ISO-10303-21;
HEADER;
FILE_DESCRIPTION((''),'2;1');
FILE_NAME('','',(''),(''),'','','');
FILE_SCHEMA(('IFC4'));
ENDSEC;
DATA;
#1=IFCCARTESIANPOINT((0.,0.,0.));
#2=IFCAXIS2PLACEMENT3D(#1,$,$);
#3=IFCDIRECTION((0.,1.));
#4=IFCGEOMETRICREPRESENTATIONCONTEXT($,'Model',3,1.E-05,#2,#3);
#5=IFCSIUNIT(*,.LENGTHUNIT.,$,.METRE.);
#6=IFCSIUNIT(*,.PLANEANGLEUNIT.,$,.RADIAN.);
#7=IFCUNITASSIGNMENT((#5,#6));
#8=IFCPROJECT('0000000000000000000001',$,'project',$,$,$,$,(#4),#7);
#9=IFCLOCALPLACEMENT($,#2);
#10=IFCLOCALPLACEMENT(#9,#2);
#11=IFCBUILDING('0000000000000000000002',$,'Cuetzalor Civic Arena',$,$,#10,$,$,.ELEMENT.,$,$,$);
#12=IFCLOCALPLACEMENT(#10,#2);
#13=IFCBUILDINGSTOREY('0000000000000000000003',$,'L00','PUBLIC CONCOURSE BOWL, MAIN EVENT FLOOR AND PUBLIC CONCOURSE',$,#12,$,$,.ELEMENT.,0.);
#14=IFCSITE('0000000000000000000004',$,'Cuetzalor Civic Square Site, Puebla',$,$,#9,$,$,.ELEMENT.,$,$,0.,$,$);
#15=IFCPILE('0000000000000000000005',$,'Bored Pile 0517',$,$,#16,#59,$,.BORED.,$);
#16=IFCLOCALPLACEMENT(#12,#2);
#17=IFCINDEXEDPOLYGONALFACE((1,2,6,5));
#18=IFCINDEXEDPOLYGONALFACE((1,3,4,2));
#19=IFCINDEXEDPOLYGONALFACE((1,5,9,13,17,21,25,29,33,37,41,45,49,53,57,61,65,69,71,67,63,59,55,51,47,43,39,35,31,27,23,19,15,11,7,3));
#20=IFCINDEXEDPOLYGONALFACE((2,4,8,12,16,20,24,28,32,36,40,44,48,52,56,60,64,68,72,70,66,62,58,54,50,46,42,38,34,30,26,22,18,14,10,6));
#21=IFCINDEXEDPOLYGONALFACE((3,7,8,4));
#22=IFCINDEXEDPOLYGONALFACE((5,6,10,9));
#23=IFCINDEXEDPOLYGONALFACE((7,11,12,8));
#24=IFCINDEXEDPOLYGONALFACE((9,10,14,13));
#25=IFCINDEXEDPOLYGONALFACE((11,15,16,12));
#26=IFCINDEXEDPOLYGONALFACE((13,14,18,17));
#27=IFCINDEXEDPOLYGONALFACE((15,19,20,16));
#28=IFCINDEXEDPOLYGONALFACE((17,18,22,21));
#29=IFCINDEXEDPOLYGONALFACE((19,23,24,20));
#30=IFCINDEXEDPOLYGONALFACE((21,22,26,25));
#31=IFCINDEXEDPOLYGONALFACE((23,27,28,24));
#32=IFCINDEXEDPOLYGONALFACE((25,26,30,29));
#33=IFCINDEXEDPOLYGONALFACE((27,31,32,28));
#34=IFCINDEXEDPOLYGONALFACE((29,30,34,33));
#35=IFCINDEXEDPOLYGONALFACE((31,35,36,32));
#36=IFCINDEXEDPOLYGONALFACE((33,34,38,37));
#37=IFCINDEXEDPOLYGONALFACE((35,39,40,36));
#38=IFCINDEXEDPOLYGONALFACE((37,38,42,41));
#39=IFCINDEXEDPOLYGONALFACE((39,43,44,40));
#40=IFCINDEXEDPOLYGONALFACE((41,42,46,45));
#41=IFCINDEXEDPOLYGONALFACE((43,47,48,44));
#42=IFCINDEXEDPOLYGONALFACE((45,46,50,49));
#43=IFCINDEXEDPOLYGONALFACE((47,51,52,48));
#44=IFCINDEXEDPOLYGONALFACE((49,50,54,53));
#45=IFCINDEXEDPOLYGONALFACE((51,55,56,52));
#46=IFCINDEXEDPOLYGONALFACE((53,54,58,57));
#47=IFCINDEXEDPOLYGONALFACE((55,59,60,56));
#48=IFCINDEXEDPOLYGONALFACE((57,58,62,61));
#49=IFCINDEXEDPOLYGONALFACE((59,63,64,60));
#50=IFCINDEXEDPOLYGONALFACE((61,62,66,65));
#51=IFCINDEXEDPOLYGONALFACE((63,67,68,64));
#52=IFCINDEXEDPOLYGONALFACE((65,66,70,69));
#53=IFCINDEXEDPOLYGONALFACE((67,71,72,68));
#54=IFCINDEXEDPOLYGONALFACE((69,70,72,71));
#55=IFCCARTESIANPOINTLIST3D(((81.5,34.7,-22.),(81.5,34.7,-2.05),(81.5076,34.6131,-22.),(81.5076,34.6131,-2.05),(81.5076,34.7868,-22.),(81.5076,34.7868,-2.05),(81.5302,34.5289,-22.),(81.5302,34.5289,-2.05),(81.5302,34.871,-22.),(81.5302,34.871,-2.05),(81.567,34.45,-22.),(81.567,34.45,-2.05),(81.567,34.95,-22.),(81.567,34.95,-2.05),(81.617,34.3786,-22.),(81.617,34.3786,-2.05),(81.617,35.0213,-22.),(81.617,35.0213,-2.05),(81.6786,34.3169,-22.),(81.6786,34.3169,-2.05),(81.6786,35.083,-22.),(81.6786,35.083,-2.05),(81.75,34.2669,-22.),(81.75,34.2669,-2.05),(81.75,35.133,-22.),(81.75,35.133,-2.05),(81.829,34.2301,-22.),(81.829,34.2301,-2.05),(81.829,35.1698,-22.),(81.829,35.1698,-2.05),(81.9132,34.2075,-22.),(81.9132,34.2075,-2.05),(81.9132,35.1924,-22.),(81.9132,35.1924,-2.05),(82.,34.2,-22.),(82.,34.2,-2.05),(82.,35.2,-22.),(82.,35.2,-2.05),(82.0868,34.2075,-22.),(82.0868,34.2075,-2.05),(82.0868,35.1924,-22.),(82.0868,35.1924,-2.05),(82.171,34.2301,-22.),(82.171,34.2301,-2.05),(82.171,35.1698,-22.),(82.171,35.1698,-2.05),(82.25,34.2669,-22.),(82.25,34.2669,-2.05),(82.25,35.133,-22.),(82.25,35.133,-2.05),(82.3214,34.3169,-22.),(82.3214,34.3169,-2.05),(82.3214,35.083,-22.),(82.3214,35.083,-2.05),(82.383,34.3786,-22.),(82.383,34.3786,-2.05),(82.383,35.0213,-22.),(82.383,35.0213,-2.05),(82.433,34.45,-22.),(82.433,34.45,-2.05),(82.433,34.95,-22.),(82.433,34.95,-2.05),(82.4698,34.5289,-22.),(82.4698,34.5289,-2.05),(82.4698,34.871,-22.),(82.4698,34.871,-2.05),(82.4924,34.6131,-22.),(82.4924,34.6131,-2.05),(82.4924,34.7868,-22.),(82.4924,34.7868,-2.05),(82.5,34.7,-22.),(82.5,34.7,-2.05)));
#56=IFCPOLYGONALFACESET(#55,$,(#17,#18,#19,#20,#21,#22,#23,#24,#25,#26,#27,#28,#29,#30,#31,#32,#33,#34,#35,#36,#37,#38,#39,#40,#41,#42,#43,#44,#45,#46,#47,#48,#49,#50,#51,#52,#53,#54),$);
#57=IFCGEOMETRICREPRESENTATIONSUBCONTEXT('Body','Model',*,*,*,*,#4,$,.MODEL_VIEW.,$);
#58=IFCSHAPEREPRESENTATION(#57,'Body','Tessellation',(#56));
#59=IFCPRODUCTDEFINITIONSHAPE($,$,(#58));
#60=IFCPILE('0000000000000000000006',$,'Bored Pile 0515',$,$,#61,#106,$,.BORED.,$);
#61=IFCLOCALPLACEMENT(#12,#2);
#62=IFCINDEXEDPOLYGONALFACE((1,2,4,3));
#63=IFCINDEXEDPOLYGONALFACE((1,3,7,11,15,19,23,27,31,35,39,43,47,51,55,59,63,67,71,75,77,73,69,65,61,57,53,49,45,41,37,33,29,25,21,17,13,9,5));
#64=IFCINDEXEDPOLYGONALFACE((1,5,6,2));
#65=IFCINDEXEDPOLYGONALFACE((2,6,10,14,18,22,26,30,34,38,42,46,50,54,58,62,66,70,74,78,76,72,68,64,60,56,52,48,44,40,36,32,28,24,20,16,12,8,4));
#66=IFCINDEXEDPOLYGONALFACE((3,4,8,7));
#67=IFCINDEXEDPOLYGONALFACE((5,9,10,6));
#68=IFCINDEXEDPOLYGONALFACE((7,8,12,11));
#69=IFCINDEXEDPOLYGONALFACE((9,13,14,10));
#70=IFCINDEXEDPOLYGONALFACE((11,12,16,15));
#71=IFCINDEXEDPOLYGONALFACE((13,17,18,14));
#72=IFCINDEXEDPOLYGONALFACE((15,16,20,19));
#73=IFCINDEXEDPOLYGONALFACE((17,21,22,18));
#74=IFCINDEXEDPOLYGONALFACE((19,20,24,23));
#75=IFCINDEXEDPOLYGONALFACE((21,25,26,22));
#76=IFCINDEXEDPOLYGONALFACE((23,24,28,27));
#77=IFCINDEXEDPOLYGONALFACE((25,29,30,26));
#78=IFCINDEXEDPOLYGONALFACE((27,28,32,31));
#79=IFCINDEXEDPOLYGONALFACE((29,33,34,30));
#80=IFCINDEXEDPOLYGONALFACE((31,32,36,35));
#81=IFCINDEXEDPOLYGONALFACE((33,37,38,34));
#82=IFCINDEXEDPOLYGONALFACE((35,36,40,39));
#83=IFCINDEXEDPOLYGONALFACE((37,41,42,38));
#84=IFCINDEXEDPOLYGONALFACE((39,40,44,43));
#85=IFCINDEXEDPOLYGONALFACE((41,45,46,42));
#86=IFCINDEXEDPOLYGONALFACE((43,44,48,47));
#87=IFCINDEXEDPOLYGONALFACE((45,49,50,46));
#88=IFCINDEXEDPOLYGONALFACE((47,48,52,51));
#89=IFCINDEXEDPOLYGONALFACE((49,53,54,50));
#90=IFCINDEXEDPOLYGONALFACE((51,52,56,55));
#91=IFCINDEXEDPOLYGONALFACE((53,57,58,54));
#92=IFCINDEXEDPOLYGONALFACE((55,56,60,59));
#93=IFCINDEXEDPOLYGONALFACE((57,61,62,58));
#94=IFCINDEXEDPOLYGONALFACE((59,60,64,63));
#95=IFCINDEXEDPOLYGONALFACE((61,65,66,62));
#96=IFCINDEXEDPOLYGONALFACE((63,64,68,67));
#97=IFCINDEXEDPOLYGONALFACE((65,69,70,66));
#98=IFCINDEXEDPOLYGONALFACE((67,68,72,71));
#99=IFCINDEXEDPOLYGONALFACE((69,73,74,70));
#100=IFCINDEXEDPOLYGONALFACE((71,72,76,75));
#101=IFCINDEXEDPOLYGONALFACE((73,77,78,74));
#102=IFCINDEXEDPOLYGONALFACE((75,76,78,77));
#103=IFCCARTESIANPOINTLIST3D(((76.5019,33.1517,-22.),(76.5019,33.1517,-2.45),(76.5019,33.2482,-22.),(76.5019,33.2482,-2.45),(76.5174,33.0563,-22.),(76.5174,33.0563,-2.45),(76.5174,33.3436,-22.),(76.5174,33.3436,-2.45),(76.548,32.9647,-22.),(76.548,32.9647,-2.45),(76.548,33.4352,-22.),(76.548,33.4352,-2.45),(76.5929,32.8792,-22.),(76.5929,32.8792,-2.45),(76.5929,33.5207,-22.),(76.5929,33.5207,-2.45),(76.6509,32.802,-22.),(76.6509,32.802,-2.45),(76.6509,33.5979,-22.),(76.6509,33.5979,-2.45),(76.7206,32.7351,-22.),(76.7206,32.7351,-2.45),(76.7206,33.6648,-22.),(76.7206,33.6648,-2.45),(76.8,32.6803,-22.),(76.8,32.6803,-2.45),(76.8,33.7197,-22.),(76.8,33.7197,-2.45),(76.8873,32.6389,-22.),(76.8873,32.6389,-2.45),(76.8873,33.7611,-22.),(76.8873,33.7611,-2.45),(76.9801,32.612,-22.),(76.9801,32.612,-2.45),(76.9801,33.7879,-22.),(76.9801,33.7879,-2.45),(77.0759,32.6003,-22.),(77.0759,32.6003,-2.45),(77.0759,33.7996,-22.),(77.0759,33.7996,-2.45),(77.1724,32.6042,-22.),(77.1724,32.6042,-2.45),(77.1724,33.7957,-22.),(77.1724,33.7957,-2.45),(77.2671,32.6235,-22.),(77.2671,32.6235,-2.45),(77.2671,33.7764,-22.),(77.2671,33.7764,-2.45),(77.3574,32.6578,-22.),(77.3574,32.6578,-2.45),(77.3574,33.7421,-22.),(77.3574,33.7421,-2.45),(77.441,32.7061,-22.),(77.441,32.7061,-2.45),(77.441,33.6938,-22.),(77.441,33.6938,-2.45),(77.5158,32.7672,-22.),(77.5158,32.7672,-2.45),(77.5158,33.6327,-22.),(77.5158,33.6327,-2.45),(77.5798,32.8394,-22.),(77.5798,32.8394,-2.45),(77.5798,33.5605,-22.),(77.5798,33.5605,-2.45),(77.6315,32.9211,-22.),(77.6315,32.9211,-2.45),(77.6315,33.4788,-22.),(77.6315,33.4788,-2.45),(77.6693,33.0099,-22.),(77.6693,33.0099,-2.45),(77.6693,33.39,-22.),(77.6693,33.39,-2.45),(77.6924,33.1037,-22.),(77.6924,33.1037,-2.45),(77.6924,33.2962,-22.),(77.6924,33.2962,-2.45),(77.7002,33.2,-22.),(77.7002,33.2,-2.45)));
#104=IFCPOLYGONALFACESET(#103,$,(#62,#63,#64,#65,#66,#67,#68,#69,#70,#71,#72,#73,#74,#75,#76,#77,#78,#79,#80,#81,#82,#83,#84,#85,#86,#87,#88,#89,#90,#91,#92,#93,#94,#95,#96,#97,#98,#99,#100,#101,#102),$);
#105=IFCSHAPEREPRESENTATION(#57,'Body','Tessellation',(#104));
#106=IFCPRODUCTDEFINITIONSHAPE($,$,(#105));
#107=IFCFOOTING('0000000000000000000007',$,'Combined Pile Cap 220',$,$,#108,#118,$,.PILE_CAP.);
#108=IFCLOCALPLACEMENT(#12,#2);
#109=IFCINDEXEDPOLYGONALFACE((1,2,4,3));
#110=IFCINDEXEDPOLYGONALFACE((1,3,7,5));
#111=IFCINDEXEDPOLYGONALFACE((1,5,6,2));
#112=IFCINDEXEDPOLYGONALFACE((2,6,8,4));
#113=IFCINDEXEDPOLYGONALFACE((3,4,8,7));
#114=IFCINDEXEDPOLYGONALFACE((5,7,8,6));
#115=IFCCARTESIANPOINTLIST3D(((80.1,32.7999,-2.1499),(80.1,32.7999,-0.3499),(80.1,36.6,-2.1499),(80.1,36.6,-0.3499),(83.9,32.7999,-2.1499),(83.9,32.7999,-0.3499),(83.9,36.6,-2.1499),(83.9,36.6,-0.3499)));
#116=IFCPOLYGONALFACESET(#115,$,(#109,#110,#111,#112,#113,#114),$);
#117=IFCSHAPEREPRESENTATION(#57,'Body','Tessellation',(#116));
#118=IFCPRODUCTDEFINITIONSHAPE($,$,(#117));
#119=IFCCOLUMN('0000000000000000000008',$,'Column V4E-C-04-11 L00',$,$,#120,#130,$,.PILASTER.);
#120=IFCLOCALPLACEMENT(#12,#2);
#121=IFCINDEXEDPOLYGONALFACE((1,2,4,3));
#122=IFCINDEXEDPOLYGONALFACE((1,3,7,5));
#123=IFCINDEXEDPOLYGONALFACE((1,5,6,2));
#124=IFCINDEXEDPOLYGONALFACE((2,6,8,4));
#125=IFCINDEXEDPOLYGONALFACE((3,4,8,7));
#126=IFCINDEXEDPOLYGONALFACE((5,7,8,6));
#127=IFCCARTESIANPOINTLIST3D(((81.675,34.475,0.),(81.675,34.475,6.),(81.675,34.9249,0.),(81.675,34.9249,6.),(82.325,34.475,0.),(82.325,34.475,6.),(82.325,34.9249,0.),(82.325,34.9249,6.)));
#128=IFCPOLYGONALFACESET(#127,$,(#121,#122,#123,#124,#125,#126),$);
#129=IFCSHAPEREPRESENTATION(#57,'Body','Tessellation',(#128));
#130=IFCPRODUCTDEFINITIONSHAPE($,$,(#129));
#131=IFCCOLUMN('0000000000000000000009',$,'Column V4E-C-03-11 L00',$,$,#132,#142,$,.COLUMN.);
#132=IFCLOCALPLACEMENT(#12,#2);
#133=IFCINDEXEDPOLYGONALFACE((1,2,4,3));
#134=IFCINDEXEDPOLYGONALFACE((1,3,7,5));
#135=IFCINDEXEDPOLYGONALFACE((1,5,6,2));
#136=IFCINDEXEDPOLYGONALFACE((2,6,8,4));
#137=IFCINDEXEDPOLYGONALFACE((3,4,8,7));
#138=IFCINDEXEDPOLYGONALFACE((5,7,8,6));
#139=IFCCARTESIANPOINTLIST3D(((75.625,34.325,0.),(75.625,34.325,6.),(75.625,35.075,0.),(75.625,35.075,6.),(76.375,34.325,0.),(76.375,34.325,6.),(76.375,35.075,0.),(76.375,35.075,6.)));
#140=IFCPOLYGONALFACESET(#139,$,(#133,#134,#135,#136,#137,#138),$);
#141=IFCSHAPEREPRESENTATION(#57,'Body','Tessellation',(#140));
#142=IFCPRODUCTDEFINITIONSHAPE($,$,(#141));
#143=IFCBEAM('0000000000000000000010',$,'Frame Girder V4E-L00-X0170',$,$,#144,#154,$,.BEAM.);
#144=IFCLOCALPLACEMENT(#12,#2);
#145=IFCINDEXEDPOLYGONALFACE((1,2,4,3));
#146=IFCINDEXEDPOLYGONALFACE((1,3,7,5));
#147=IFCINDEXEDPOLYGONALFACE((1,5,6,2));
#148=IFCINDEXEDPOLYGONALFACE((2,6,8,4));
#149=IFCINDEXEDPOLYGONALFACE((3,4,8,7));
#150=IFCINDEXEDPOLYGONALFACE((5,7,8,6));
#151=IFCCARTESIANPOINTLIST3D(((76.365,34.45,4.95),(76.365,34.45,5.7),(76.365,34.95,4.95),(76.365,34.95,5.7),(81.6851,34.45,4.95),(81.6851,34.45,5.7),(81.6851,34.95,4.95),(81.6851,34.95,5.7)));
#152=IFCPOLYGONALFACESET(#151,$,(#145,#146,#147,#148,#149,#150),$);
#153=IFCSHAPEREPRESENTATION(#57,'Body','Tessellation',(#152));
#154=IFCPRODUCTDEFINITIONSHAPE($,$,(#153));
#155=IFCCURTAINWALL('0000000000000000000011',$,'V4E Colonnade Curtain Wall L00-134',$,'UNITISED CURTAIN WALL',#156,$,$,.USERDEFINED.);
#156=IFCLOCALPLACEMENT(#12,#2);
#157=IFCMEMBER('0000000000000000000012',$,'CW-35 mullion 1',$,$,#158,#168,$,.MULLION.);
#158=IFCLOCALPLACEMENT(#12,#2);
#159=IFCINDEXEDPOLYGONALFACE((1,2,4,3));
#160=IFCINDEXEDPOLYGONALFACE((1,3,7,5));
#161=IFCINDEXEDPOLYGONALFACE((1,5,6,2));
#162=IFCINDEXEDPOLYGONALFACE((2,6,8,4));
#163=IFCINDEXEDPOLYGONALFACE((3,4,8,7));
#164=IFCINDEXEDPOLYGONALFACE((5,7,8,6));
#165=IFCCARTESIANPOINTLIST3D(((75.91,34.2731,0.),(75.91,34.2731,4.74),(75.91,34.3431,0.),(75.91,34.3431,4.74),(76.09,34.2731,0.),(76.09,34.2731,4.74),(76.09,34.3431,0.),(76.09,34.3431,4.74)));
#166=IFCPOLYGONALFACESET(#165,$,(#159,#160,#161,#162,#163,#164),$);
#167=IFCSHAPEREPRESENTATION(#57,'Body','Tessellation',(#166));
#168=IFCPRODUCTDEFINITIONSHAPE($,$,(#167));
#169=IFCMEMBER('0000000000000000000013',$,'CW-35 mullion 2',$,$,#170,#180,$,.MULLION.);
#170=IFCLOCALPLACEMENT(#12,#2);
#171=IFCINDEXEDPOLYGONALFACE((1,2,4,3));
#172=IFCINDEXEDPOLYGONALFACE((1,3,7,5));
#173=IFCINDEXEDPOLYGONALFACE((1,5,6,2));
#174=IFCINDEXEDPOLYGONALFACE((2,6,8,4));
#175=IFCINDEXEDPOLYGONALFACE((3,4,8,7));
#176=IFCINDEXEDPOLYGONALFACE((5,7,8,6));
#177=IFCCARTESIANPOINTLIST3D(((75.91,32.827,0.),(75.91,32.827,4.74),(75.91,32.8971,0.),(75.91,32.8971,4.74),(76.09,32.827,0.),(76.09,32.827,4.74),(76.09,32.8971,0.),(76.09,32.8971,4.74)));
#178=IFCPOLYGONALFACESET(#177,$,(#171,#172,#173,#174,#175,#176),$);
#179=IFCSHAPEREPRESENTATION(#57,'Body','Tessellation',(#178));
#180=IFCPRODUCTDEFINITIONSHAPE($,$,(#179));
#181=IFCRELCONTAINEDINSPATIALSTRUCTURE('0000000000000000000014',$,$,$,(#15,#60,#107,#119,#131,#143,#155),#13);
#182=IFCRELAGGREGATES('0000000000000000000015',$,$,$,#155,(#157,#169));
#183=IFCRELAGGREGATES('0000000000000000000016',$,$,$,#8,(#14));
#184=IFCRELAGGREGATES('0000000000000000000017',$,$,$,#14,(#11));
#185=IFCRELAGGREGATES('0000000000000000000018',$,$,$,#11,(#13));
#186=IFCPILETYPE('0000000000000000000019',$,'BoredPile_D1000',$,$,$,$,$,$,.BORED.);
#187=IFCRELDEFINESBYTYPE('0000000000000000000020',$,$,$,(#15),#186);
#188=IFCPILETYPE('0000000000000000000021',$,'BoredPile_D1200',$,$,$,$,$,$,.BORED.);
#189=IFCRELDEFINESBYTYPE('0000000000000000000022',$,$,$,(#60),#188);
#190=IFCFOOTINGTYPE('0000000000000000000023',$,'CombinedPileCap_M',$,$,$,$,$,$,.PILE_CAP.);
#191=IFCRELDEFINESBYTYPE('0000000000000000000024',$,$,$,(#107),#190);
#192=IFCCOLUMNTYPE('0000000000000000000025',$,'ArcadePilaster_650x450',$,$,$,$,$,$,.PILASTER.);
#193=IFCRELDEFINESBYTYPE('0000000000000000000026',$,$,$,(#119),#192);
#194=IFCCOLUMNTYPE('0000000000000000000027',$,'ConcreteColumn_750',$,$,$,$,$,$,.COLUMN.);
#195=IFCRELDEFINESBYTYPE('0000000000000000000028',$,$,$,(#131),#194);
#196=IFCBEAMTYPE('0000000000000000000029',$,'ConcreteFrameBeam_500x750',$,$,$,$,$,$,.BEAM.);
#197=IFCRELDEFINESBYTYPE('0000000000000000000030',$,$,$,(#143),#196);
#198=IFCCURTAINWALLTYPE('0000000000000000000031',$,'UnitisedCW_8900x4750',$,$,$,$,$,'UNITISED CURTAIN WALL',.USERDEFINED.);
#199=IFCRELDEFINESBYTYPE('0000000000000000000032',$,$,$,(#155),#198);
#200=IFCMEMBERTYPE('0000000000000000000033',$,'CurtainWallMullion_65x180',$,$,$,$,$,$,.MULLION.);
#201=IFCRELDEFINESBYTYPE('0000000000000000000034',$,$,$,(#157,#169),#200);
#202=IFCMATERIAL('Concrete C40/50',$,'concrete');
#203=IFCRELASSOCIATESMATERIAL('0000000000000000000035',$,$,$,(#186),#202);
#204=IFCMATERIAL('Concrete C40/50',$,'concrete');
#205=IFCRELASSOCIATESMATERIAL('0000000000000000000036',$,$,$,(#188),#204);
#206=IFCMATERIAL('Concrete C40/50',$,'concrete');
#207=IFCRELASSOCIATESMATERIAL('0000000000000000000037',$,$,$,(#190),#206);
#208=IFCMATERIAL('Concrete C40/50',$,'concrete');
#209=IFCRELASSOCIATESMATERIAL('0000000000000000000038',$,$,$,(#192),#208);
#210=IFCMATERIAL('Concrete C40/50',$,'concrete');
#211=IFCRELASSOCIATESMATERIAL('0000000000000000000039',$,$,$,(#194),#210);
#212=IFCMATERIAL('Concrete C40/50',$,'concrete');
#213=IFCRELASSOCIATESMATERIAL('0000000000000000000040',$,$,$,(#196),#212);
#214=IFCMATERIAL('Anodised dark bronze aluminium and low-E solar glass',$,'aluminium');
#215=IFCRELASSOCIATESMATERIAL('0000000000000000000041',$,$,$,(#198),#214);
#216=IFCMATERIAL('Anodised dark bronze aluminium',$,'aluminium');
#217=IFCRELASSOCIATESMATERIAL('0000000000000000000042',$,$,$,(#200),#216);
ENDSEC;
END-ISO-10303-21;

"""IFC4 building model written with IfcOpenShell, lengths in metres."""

from ifc_helpers import new_model, si_unit, direction, frame, origin, origin_2d, place, context, subcontext, project, spatial, rectangle, circle, extrude, material, material_profile, profile_set, type_object, element, aggregate, save


model = new_model("IFC4")

# Units and contexts
model_context = context("Model", 3, precision=1e-05, world=origin(), true_north=direction((0.0, 1.0)))
body_context = subcontext(model_context, "Body", "Model", "MODEL_VIEW")
ifc_project = project(units=[si_unit("LENGTHUNIT", "METRE"), si_unit("PLANEANGLEUNIT", "RADIAN")], contexts=[model_context])

# Site, building, storey
site_placement = place(None, origin())
site = spatial("IfcSite", under=ifc_project, at=site_placement, Name="Cuetzalor Civic Square Site, Puebla", CompositionType="ELEMENT", RefElevation=0.0)
building_placement = place(site_placement, origin())
building = spatial("IfcBuilding", under=site, at=building_placement, Name="Cuetzalor Civic Arena", CompositionType="ELEMENT")
storey_placement = place(building_placement, origin())
storey = spatial("IfcBuildingStorey", under=building, at=storey_placement, Name="L00", Description="PUBLIC CONCOURSE BOWL, MAIN EVENT FLOOR AND PUBLIC CONCOURSE", CompositionType="ELEMENT", Elevation=0.0)

# Piles
ifc_material_1 = material(Name="Concrete C40/50", Category="concrete")
ifc_material_profile_1 = material_profile(ifc_material_1, circle(Radius=0.5, at=origin_2d()), Name="BORED PILE D1000")
ifc_profile_set_1 = profile_set([ifc_material_profile_1], Name="Concrete C40/50")
pile_type_1 = type_object("IfcPileType", Name="BoredPile_D1000", PredefinedType="BORED", material=ifc_profile_set_1)
pile_1_placement = place(storey_placement, frame((82.0, 34.7, -2.05), z_axis=(0.0, 0.0, -1.0), x_axis=(1.0, 0.0, 0.0)))
element("IfcPile", 1, at=pile_1_placement, inside=storey, type_object=pile_type_1, Name="Bored Pile 0517", PredefinedType="BORED", context=body_context, shape_type="SweptSolid", body=[
    extrude(circle(Radius=0.5, at=origin_2d()), origin(), (0.0, 0.0, 1.0), 19.95),
])
ifc_material_2 = material(Name="Concrete C40/50", Category="concrete")
ifc_material_profile_2 = material_profile(ifc_material_2, circle(Radius=0.6001, at=origin_2d()), Name="BORED PILE D1200")
ifc_profile_set_2 = profile_set([ifc_material_profile_2], Name="Concrete C40/50")
pile_type_2 = type_object("IfcPileType", Name="BoredPile_D1200", PredefinedType="BORED", material=ifc_profile_set_2)
pile_2_placement = place(storey_placement, frame((77.1001, 33.2, -2.45), z_axis=(0.0, 0.0, -1.0), x_axis=(1.0, 0.0, 0.0)))
element("IfcPile", 2, at=pile_2_placement, inside=storey, type_object=pile_type_2, Name="Bored Pile 0515", PredefinedType="BORED", context=body_context, shape_type="SweptSolid", body=[
    extrude(circle(Radius=0.6001, at=origin_2d()), origin(), (0.0, 0.0, 1.0), 19.55),
])

# Footing
ifc_material_3 = material(Name="Concrete C40/50", Category="concrete")
footing_type = type_object("IfcFootingType", Name="CombinedPileCap_M", PredefinedType="PILE_CAP", material=ifc_material_3)
footing_placement = place(storey_placement, frame((82.0, 34.7, -2.1499), z_axis=(0.0, 0.0, 1.0), x_axis=(1.0, 0.0, 0.0)))
element("IfcFooting", 3, at=footing_placement, inside=storey, type_object=footing_type, Name="Combined Pile Cap 220", PredefinedType="PILE_CAP", context=body_context, shape_type="SweptSolid", body=[
    extrude(rectangle(XDim=3.8, YDim=3.8, at=origin_2d()), origin(), (0.0, 0.0, 1.0), 1.8),
])

# Columns
ifc_material_4 = material(Name="Concrete C40/50", Category="concrete")
ifc_material_profile_3 = material_profile(ifc_material_4, rectangle(XDim=0.6499, YDim=0.45, at=origin_2d()), Name="RC 650x450")
ifc_profile_set_3 = profile_set([ifc_material_profile_3], Name="Concrete C40/50")
column_type_1 = type_object("IfcColumnType", Name="ArcadePilaster_650x450", PredefinedType="PILASTER", material=ifc_profile_set_3)
column_1_placement = place(storey_placement, frame((82.0, 34.7, 0.0), z_axis=(0.0, 0.0, 1.0), x_axis=(1.0, 0.0, 0.0)))
element("IfcColumn", 4, at=column_1_placement, inside=storey, type_object=column_type_1, Name="Column V4E-C-04-11 L00", PredefinedType="PILASTER", context=body_context, shape_type="SweptSolid", body=[
    extrude(rectangle(XDim=0.6499, YDim=0.45, at=origin_2d()), origin(), (0.0, 0.0, 1.0), 6.0),
])
ifc_material_5 = material(Name="Concrete C40/50", Category="concrete")
ifc_material_profile_4 = material_profile(ifc_material_5, rectangle(XDim=0.75, YDim=0.75, at=origin_2d()), Name="RC 750x750")
ifc_profile_set_4 = profile_set([ifc_material_profile_4], Name="Concrete C40/50")
column_type_2 = type_object("IfcColumnType", Name="ConcreteColumn_750", PredefinedType="COLUMN", material=ifc_profile_set_4)
column_2_placement = place(storey_placement, frame((76.0, 34.7, 0.0), z_axis=(0.0, 0.0, 1.0), x_axis=(1.0, 0.0, 0.0)))
element("IfcColumn", 5, at=column_2_placement, inside=storey, type_object=column_type_2, Name="Column V4E-C-03-11 L00", PredefinedType="COLUMN", context=body_context, shape_type="SweptSolid", body=[
    extrude(rectangle(XDim=0.75, YDim=0.75, at=origin_2d()), origin(), (0.0, 0.0, 1.0), 6.0),
])

# Beam
ifc_material_6 = material(Name="Concrete C40/50", Category="concrete")
ifc_material_profile_5 = material_profile(ifc_material_6, rectangle(XDim=0.5, YDim=0.75, at=origin_2d()), Name="RC 500x750")
ifc_profile_set_5 = profile_set([ifc_material_profile_5], Name="Concrete C40/50")
beam_type = type_object("IfcBeamType", Name="ConcreteFrameBeam_500x750", PredefinedType="BEAM", material=ifc_profile_set_5)
beam_placement = place(storey_placement, frame((76.365, 34.7, 5.325), z_axis=(1.0, 0.0, 0.0), x_axis=(0.0, 1.0, 0.0)))
element("IfcBeam", 6, at=beam_placement, inside=storey, type_object=beam_type, Name="Frame Girder V4E-L00-X0170", PredefinedType="BEAM", context=body_context, shape_type="SweptSolid", body=[
    extrude(rectangle(XDim=0.5, YDim=0.75, at=origin_2d()), origin(), (0.0, 0.0, 1.0), 5.3201),
])

# Curtain wall, members
ifc_material_7 = material(Name="Anodised dark bronze aluminium and low-E solar glass", Category="aluminium")
curtain_wall_type = type_object("IfcCurtainWallType", Name="UnitisedCW_8900x4750", ElementType="UNITISED CURTAIN WALL", PredefinedType="USERDEFINED", material=ifc_material_7)
curtain_wall_placement = place(storey_placement, origin())
curtain_wall = element("IfcCurtainWall", 7, at=curtain_wall_placement, inside=storey, type_object=curtain_wall_type, Name="V4E Colonnade Curtain Wall L00-134", ObjectType="UNITISED CURTAIN WALL", PredefinedType="USERDEFINED")
ifc_material_8 = material(Name="Anodised dark bronze aluminium", Category="aluminium")
ifc_material_profile_6 = material_profile(ifc_material_8, rectangle(XDim=0.0701, YDim=0.1799, at=origin_2d()), Name="ALU MULLION 70x180")
ifc_profile_set_6 = profile_set([ifc_material_profile_6], Name="Anodised dark bronze aluminium")
member_type_1 = type_object("IfcMemberType", Name="CurtainWallMullion_65x180", PredefinedType="MULLION", material=ifc_profile_set_6)
member_1_placement = place(storey_placement, frame((76.0, 34.3081, 0.0), z_axis=(0.0, 0.0, 1.0), x_axis=(0.0, -1.0, 0.0)))
member_1 = element("IfcMember", 8, at=member_1_placement, type_object=member_type_1, Name="CW-35 mullion 1", PredefinedType="MULLION", context=body_context, shape_type="SweptSolid", body=[
    extrude(rectangle(XDim=0.0701, YDim=0.1799, at=origin_2d()), origin(), (0.0, 0.0, 1.0), 4.74),
])
member_2_placement = place(storey_placement, frame((76.0, 32.8621, 0.0), z_axis=(0.0, 0.0, 1.0), x_axis=(0.0, -1.0, 0.0)))
member_2 = element("IfcMember", 9, at=member_2_placement, type_object=member_type_1, Name="CW-35 mullion 2", PredefinedType="MULLION", context=body_context, shape_type="SweptSolid", body=[
    extrude(rectangle(XDim=0.0701, YDim=0.1799, at=origin_2d()), origin(), (0.0, 0.0, 1.0), 4.74),
])
aggregate(curtain_wall, [member_1, member_2])

save(model, "model.ifc")
